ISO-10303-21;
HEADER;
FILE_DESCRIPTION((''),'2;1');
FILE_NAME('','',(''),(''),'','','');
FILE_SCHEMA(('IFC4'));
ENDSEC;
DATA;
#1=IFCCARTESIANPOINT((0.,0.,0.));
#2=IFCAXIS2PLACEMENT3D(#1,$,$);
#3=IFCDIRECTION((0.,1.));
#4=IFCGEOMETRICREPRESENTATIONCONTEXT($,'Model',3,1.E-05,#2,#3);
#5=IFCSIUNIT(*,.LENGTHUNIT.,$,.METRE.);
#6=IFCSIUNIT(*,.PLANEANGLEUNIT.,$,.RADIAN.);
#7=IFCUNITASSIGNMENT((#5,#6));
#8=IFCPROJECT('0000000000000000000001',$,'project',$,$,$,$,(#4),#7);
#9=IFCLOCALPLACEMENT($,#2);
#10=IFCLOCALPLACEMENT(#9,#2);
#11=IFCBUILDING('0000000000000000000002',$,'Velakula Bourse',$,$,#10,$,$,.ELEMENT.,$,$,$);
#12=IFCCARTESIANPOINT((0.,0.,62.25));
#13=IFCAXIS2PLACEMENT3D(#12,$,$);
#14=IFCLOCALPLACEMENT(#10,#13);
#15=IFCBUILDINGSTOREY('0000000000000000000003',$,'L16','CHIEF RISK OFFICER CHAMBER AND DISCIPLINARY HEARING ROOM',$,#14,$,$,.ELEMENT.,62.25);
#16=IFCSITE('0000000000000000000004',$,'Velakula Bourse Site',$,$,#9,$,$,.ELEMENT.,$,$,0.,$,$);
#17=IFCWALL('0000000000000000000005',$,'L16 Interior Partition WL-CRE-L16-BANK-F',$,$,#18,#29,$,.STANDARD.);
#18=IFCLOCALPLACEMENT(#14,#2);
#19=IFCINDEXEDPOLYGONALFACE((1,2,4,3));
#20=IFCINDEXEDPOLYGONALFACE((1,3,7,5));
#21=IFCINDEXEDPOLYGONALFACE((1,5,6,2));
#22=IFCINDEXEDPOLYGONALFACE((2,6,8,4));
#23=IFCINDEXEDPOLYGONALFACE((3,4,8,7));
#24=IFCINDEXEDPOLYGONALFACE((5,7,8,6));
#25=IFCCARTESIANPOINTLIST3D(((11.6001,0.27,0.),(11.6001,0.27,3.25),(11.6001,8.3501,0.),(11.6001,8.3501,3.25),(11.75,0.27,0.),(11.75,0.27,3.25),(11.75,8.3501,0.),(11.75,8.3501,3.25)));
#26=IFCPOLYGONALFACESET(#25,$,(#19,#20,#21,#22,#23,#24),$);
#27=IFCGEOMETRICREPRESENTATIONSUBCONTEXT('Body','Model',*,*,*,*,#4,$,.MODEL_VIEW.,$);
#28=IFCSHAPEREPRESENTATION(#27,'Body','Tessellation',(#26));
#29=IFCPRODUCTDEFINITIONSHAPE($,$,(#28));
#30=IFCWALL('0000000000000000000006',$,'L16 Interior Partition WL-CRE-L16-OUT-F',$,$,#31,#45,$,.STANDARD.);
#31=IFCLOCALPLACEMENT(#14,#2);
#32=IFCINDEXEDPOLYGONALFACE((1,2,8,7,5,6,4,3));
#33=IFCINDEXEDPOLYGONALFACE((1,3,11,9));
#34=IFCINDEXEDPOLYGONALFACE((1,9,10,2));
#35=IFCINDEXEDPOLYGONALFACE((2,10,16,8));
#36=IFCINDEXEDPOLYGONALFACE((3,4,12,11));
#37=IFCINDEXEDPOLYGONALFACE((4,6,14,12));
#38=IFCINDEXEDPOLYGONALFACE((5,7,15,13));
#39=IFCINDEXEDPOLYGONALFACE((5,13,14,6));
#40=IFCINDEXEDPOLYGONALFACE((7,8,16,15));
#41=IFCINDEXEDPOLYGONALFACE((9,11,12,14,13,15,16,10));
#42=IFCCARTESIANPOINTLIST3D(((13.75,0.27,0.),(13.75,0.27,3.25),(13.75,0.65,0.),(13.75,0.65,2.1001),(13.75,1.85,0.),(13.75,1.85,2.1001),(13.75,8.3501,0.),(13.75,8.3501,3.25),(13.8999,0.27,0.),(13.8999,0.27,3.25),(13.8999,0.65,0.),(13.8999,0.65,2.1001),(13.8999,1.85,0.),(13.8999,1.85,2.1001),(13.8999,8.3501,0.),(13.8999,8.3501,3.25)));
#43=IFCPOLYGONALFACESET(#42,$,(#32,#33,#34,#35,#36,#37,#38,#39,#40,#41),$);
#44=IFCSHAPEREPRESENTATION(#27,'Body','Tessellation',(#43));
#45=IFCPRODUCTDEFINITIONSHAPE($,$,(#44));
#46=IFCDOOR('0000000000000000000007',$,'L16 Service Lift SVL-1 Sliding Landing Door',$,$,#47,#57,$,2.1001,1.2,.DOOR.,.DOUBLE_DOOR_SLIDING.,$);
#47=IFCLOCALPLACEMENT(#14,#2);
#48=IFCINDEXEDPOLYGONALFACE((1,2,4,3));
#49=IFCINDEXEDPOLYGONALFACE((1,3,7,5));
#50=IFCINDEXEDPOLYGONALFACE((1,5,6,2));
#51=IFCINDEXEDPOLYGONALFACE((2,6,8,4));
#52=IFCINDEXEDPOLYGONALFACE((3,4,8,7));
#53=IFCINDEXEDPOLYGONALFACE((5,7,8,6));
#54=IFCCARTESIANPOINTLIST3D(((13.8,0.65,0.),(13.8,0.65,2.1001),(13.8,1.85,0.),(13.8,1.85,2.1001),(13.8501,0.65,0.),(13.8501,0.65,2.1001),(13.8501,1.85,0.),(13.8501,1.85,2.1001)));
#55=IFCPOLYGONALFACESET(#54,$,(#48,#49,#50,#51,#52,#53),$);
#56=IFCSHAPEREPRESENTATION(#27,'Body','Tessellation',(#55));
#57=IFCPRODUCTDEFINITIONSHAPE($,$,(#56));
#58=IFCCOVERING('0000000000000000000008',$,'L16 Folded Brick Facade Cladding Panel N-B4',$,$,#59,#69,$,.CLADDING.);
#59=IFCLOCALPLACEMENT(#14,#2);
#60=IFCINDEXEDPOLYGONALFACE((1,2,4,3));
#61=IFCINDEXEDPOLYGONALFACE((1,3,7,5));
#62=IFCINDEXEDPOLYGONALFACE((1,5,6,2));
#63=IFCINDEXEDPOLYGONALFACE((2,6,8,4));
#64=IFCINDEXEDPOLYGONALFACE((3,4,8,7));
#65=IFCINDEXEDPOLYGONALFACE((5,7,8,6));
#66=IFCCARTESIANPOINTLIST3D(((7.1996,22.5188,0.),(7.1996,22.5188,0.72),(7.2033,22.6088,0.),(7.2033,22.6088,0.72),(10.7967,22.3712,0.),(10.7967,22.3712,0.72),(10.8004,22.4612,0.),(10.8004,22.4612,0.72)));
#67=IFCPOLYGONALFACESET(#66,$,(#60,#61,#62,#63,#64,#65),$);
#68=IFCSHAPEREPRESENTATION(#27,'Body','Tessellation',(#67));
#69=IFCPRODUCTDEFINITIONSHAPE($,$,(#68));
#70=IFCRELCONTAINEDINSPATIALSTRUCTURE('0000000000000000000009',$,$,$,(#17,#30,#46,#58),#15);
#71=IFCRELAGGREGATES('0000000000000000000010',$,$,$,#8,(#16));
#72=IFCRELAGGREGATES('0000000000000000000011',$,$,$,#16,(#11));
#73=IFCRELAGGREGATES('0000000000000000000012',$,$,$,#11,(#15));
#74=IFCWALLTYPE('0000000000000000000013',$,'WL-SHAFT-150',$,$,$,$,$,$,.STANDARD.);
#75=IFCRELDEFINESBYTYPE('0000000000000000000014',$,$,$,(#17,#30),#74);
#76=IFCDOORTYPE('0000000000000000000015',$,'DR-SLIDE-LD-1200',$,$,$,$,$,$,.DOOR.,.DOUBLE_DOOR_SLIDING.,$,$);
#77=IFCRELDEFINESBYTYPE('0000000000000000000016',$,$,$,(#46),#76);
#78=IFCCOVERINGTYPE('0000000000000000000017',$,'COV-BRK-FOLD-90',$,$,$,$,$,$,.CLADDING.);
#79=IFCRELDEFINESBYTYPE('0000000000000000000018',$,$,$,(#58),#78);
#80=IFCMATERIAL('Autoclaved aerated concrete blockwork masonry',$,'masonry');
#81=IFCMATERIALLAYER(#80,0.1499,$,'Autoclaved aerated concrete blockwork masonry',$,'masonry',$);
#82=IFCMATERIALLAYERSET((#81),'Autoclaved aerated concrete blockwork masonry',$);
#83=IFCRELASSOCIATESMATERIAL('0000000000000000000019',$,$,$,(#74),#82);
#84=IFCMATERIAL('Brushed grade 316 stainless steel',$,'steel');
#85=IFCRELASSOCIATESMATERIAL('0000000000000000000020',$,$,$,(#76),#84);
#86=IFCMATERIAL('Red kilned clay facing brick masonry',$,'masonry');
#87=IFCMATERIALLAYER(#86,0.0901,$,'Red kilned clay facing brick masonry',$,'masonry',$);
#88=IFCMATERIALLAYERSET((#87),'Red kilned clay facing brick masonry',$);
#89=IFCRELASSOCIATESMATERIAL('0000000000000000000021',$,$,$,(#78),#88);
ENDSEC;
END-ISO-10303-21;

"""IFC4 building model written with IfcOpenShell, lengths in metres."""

from ifc_helpers import new_model, si_unit, direction, frame, frame_2d, origin, origin_2d, place, context, subcontext, project, spatial, rectangle, extrude, material, layer, layer_set, type_object, element, fill, save


model = new_model("IFC4")

# Units and contexts
model_context = context("Model", 3, precision=1e-05, world=origin(), true_north=direction((0.0, 1.0)))
body_context = subcontext(model_context, "Body", "Model", "MODEL_VIEW")
ifc_project = project(units=[si_unit("LENGTHUNIT", "METRE"), si_unit("PLANEANGLEUNIT", "RADIAN")], contexts=[model_context])

# Site, building, storey
site_placement = place(None, origin())
site = spatial("IfcSite", under=ifc_project, at=site_placement, Name="Velakula Bourse Site", CompositionType="ELEMENT", RefElevation=0.0)
building_placement = place(site_placement, origin())
building = spatial("IfcBuilding", under=site, at=building_placement, Name="Velakula Bourse", CompositionType="ELEMENT")
storey_placement = place(building_placement, frame((0.0, 0.0, 62.25)))
storey = spatial("IfcBuildingStorey", under=building, at=storey_placement, Name="L16", Description="CHIEF RISK OFFICER CHAMBER AND DISCIPLINARY HEARING ROOM", CompositionType="ELEMENT", Elevation=62.25)

# Shared definitions
ifc_material_1 = material(Name="Red kilned clay facing brick masonry", Category="masonry")

# Wall
ifc_material_2 = material(Name="Autoclaved aerated concrete blockwork masonry", Category="masonry")
ifc_layer_1 = layer(ifc_material_2, 0.1499, Name="Autoclaved aerated concrete blockwork masonry", Category="masonry")
ifc_layer_set_1 = layer_set([ifc_layer_1], Name="Autoclaved aerated concrete blockwork masonry")
wall_type_1 = type_object("IfcWallType", Name="WL-SHAFT-150", PredefinedType="STANDARD", material=ifc_layer_set_1)
wall_1_placement = place(storey_placement, frame((11.675, 0.27, 0.0), z_axis=(0.0, 0.0, 1.0), x_axis=(0.0, 1.0, 0.0)))
element("IfcWall", 1, at=wall_1_placement, inside=storey, type_object=wall_type_1, Name="L16 Interior Partition WL-CRE-L16-BANK-F", PredefinedType="STANDARD", context=body_context, shape_type="SweptSolid", body=[
    extrude(rectangle(XDim=8.0801, YDim=0.1499, at=frame_2d((4.04, 0.0))), origin(), (0.0, 0.0, 1.0), 3.25),
])

# Wall, opening, door
wall_2_placement = place(storey_placement, frame((13.825, 0.27, 0.0), z_axis=(0.0, 0.0, 1.0), x_axis=(0.0, 1.0, 0.0)))
wall_2 = element("IfcWall", 2, at=wall_2_placement, inside=storey, type_object=wall_type_1, Name="L16 Interior Partition WL-CRE-L16-OUT-F", PredefinedType="STANDARD", context=body_context, shape_type="SweptSolid", body=[
    extrude(rectangle(XDim=8.0801, YDim=0.1499, at=frame_2d((4.04, 0.0))), origin(), (0.0, 0.0, 1.0), 3.25),
])
opening_1_placement = place(wall_2_placement, frame((0.3799, 0.0, 0.0)))
opening_1 = element("IfcOpeningElement", 3, at=opening_1_placement, cuts=wall_2, PredefinedType="OPENING", context=body_context, shape_type="SweptSolid", body=[
    extrude(rectangle(XDim=1.2, YDim=2.1001, at=frame_2d((0.6001, 1.05))), frame((0.0, 0.085, 0.0), z_axis=(0.0, -1.0, 0.0), x_axis=(1.0, 0.0, 0.0)), (0.0, 0.0, 1.0), 0.1699),
])
ifc_material_3 = material(Name="Brushed grade 316 stainless steel", Category="steel")
door_type = type_object("IfcDoorType", Name="DR-SLIDE-LD-1200", OperationType="DOUBLE_DOOR_SLIDING", PredefinedType="DOOR", material=ifc_material_3)
door_placement = place(opening_1_placement, origin())
door = element("IfcDoor", 4, at=door_placement, inside=storey, type_object=door_type, Name="L16 Service Lift SVL-1 Sliding Landing Door", OperationType="DOUBLE_DOOR_SLIDING", OverallHeight=2.1001, OverallWidth=1.2, PredefinedType="DOOR", context=body_context, shape_type="SweptSolid", body=[
    extrude(rectangle(XDim=1.2, YDim=2.1001, at=frame_2d((0.6001, 1.05))), frame((0.0, 0.0249, 0.0), z_axis=(0.0, -1.0, 0.0), x_axis=(1.0, 0.0, 0.0)), (0.0, 0.0, 1.0), 0.05),
])
fill(opening_1, door)

# Covering
ifc_layer_2 = layer(ifc_material_1, 0.0901, Name="Red kilned clay facing brick masonry", Category="masonry")
ifc_layer_set_2 = layer_set([ifc_layer_2], Name="Red kilned clay facing brick masonry")
covering_type = type_object("IfcCoveringType", Name="COV-BRK-FOLD-90", PredefinedType="CLADDING", material=ifc_layer_set_2)
covering_placement = place(storey_placement, frame((9.0, 22.49, 0.0), z_axis=(0.0, 0.0, 1.0), x_axis=(0.999159, -0.041004, 0.0)))
element("IfcCovering", 5, at=covering_placement, inside=storey, type_object=covering_type, Name="L16 Folded Brick Facade Cladding Panel N-B4", PredefinedType="CLADDING", context=body_context, shape_type="SweptSolid", body=[
    extrude(rectangle(XDim=3.6001, YDim=0.0901, at=origin_2d()), origin(), (0.0, 0.0, 1.0), 0.72),
])

save(model, "model.ifc")
